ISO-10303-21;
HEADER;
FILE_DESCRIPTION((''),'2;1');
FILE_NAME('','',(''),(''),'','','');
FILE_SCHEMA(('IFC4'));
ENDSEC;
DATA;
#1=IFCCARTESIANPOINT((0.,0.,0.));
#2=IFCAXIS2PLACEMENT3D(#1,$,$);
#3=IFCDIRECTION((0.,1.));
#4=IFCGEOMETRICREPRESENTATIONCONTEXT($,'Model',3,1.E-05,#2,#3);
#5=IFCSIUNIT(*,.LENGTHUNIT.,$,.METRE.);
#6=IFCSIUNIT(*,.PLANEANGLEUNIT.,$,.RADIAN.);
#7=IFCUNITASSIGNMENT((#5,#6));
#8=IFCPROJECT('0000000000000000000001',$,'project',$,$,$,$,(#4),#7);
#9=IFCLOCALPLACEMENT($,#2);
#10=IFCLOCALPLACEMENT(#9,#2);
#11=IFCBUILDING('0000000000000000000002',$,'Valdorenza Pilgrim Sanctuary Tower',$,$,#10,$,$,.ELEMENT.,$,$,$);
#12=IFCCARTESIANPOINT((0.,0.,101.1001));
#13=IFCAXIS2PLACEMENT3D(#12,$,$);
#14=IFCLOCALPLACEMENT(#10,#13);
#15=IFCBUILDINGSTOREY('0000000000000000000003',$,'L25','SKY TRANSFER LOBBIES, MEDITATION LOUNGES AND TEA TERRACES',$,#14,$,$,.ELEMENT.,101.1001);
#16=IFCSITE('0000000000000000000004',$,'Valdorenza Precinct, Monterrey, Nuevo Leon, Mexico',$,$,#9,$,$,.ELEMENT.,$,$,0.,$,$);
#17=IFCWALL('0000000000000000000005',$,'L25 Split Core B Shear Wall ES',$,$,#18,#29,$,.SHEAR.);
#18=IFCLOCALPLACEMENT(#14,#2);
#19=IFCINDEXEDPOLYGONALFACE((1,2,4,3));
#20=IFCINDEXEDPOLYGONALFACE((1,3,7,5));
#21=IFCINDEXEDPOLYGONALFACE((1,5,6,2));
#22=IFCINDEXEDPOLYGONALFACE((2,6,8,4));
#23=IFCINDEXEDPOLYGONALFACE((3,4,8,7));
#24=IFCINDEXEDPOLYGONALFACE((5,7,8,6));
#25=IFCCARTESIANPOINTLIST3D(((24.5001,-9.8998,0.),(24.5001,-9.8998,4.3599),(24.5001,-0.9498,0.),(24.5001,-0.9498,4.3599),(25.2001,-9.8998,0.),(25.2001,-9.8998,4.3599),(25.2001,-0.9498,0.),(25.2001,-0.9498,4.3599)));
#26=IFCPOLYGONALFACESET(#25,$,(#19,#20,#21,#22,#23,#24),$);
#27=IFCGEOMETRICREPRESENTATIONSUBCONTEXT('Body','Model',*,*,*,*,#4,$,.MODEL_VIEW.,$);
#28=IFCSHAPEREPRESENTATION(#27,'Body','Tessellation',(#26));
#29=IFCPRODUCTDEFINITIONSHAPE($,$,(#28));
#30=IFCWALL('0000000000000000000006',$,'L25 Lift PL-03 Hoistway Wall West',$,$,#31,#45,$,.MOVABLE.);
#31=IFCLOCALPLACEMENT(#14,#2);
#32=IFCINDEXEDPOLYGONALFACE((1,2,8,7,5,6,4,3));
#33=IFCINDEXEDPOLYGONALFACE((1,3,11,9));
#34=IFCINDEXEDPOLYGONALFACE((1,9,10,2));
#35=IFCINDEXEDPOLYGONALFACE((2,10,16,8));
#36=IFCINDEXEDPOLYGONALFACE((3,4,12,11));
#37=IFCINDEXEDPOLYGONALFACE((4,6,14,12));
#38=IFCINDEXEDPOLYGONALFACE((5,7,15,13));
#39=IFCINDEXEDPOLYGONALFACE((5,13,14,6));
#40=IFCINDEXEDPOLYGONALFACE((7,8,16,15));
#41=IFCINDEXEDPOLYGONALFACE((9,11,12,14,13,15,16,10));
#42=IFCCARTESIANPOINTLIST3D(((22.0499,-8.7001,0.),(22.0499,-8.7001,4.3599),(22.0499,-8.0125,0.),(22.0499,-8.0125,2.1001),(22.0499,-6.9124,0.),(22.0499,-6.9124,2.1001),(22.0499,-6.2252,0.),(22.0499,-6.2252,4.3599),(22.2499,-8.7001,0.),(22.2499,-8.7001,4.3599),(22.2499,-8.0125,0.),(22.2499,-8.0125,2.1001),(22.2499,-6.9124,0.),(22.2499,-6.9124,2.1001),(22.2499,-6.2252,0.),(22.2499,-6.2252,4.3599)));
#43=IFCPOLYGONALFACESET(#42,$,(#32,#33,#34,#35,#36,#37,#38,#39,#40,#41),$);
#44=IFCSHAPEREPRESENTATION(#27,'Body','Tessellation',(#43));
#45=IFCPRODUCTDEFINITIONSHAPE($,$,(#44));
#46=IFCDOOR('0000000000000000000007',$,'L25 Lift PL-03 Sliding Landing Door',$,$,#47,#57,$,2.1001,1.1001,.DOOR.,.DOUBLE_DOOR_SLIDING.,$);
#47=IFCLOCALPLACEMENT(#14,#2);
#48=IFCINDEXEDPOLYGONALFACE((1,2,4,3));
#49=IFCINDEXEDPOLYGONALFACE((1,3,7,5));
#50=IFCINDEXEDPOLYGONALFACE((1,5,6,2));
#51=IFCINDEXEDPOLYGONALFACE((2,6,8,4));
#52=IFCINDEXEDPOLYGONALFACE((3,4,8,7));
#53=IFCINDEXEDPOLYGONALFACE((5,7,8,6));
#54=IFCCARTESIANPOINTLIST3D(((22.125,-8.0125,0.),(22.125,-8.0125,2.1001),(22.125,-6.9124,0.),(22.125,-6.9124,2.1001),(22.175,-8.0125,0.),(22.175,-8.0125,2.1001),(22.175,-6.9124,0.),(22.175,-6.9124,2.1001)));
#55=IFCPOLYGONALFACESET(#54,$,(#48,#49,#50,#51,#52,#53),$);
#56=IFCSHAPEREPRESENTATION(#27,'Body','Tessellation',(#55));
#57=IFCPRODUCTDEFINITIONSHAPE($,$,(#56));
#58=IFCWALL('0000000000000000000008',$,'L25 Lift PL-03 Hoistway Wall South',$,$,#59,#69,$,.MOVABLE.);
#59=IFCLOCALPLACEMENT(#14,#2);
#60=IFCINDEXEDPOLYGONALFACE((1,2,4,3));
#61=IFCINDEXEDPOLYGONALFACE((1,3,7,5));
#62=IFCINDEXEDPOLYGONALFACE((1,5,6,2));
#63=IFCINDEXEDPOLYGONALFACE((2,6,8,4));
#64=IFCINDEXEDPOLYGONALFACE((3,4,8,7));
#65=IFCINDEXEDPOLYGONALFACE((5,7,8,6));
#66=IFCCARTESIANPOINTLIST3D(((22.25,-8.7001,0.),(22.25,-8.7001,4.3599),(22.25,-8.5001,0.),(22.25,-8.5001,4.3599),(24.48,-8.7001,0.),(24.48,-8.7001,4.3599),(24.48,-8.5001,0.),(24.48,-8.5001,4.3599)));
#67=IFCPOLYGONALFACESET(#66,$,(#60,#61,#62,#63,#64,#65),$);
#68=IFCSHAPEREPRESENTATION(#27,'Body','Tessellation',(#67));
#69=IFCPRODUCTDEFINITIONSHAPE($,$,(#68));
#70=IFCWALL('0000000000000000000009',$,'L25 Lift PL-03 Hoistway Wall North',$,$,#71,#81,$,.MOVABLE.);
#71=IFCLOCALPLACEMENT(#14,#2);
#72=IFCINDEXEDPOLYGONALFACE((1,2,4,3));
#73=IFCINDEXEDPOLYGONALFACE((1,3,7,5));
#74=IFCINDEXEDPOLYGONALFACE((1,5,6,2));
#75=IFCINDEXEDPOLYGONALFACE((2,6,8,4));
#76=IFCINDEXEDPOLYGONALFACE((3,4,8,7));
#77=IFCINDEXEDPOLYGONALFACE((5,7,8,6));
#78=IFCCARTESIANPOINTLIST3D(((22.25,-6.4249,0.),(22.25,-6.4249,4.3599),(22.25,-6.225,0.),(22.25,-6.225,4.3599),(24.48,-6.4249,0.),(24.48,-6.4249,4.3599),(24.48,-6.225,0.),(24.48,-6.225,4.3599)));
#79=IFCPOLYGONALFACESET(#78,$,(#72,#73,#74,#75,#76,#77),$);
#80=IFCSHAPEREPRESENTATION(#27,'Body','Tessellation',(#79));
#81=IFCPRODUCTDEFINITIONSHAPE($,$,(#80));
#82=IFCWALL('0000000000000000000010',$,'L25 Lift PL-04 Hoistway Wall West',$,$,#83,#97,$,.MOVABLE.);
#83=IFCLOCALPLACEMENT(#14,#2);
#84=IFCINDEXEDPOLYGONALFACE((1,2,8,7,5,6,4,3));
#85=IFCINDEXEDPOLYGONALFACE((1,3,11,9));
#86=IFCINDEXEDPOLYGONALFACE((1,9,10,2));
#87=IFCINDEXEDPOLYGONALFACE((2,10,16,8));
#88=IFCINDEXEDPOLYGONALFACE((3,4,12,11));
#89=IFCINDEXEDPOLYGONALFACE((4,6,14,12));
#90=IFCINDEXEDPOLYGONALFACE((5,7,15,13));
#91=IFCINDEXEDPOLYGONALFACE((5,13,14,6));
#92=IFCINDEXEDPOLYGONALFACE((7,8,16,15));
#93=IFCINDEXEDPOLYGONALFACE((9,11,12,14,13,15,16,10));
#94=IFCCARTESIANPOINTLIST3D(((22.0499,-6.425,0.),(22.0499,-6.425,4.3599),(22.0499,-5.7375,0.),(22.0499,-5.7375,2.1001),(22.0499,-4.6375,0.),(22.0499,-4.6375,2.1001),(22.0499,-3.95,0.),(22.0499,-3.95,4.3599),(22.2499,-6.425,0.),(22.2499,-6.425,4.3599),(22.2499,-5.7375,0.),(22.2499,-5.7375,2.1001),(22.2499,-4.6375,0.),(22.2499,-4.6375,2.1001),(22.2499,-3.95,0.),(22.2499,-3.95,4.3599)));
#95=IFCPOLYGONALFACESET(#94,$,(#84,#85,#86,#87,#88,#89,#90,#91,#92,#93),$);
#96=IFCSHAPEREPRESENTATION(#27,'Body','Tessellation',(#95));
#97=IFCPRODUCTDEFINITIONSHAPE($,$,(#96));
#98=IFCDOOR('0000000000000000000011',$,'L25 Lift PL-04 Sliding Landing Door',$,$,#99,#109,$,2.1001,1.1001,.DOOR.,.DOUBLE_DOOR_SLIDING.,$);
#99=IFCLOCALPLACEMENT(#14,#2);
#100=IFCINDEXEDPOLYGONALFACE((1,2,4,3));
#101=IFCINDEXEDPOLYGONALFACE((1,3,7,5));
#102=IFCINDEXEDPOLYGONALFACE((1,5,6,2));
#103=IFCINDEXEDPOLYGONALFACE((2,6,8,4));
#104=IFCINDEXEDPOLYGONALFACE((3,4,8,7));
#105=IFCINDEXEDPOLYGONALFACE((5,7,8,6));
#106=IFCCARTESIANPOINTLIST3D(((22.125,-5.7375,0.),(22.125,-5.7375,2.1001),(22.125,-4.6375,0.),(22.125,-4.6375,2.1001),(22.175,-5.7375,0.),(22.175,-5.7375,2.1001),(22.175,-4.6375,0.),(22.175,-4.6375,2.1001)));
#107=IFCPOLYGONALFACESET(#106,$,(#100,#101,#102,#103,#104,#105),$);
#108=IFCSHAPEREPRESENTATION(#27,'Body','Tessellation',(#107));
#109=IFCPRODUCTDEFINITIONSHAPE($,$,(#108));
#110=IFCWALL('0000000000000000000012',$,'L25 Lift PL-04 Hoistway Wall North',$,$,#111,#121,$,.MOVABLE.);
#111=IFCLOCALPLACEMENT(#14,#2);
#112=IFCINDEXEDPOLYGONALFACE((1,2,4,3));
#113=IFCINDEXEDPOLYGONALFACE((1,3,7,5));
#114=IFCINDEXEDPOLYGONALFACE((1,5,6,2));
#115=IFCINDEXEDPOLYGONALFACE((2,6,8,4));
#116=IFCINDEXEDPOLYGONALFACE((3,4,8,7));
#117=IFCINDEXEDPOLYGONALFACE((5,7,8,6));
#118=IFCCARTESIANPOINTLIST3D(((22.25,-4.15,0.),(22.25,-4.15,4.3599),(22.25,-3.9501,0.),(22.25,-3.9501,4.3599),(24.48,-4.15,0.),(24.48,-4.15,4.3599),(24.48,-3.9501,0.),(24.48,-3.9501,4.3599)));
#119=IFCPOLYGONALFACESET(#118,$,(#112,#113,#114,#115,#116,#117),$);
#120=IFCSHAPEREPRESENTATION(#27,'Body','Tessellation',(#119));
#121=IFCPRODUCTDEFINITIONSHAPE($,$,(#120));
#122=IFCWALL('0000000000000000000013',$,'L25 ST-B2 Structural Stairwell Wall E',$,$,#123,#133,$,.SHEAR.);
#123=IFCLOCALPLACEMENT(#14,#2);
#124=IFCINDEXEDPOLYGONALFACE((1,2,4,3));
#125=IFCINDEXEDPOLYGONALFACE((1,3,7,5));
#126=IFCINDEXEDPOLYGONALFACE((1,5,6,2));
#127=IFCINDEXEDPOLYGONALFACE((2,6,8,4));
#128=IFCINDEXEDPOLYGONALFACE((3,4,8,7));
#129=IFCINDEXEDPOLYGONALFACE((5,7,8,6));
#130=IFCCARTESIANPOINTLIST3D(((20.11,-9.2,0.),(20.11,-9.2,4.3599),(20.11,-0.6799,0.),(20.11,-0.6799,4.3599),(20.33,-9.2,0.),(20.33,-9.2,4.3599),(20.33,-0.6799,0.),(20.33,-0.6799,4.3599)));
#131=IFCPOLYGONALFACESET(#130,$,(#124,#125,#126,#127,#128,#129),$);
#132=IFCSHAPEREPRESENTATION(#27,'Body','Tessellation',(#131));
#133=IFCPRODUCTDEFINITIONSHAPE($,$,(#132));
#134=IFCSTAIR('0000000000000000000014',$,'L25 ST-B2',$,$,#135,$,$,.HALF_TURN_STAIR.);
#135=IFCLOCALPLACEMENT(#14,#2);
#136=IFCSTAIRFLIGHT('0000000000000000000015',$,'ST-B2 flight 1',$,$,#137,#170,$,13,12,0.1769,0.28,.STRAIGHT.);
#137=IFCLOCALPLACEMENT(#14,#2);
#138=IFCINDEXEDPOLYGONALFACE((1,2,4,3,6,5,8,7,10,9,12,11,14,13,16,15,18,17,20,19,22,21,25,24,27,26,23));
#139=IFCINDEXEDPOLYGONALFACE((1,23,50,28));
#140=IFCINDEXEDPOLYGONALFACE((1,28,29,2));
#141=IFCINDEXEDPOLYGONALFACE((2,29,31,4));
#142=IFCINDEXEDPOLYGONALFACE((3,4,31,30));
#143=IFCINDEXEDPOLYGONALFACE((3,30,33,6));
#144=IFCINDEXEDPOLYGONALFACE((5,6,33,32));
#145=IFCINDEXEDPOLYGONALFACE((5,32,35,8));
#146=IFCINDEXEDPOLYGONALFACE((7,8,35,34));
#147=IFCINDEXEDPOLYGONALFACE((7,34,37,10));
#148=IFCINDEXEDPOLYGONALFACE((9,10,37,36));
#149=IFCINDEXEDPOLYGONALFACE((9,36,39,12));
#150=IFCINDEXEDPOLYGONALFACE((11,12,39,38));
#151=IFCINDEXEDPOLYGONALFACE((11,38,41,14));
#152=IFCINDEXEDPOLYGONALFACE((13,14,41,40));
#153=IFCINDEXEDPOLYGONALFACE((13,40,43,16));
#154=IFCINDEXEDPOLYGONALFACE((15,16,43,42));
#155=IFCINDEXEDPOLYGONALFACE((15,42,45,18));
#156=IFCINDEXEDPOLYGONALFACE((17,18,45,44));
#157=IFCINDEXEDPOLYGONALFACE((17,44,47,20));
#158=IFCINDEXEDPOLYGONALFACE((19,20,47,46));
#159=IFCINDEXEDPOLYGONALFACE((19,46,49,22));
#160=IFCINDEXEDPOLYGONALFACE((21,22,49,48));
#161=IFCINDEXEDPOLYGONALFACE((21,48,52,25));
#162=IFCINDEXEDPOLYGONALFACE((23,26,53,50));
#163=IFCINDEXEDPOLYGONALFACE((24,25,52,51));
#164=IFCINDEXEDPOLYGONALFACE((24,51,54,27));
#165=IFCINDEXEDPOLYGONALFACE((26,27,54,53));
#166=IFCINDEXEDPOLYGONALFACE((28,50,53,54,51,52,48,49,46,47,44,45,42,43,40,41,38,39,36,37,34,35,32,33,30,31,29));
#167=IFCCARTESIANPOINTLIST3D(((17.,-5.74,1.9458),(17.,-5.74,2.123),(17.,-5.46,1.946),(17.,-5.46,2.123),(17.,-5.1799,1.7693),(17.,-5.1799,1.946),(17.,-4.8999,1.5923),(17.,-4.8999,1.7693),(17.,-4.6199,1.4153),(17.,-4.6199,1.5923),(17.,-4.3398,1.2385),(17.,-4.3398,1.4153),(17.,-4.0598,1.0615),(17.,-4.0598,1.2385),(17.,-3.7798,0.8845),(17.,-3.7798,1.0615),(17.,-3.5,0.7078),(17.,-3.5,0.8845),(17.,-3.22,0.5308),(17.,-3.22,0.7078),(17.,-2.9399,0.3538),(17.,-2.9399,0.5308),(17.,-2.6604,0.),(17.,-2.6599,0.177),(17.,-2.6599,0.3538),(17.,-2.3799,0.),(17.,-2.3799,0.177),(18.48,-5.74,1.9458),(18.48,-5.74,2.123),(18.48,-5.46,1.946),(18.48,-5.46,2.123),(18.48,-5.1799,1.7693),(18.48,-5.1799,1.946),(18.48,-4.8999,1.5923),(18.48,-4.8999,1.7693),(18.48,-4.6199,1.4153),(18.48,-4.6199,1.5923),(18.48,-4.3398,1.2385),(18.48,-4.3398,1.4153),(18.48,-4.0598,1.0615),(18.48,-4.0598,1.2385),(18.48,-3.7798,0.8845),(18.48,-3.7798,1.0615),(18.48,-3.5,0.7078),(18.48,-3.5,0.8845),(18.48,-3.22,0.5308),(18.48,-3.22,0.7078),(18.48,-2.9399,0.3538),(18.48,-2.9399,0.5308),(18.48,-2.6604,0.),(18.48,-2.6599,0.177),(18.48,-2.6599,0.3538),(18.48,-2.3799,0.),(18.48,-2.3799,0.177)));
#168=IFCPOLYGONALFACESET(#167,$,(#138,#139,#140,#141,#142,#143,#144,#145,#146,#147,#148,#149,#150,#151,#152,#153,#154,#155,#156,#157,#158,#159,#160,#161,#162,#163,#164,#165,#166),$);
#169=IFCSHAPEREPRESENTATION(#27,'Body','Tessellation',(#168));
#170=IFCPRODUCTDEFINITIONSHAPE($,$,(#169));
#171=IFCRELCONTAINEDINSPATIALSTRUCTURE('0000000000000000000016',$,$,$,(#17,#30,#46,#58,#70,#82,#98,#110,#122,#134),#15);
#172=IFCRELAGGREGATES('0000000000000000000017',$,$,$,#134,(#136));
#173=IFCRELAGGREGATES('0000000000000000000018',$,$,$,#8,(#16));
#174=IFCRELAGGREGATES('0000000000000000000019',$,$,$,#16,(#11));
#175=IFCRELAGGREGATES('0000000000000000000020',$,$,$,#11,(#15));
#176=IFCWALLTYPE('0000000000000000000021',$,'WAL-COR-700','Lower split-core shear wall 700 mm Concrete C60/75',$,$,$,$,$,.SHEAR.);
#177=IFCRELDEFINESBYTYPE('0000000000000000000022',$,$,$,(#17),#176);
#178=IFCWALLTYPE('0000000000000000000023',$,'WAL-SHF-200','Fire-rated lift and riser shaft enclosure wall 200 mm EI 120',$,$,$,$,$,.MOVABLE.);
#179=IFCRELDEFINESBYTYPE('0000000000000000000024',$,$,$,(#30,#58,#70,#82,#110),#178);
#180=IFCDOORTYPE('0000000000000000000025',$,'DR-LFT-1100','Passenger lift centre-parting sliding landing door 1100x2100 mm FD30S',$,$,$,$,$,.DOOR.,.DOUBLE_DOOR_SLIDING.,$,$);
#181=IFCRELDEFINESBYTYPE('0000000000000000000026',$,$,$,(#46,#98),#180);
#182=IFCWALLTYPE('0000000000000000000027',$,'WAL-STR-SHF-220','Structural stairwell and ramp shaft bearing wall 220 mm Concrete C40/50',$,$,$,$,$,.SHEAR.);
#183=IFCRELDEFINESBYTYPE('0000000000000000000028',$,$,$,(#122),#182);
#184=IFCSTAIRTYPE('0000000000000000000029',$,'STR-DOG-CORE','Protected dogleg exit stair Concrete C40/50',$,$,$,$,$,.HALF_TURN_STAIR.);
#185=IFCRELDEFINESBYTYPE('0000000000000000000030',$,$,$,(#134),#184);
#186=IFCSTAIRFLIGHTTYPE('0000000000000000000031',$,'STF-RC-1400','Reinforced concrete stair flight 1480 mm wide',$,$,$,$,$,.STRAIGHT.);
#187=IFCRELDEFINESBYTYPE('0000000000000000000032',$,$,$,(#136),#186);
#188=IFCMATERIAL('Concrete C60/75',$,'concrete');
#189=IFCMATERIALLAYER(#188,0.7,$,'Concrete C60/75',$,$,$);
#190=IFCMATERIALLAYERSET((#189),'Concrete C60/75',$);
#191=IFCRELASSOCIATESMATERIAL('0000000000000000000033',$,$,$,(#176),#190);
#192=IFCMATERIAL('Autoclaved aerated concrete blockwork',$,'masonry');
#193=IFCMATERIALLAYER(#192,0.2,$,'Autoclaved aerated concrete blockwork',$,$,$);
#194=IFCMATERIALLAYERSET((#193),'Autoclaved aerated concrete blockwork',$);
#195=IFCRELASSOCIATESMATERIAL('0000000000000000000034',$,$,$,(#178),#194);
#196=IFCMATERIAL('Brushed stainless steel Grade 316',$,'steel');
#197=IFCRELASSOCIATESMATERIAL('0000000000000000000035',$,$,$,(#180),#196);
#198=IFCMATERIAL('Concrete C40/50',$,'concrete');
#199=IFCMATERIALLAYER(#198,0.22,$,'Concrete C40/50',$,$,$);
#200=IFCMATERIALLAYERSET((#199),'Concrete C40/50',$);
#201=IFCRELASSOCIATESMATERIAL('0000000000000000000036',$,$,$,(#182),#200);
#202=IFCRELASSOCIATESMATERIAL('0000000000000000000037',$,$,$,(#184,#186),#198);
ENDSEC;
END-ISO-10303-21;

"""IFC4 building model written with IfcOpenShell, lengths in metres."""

from ifc_helpers import new_model, si_unit, direction, frame, frame_2d, origin, place, context, subcontext, project, spatial, polyline, rectangle, outline, extrude, material, layer, layer_set, type_object, element, fill, aggregate, save


model = new_model("IFC4")

# Units and contexts
model_context = context("Model", 3, precision=1e-05, world=origin(), true_north=direction((0.0, 1.0)))
body_context = subcontext(model_context, "Body", "Model", "MODEL_VIEW")
ifc_project = project(units=[si_unit("LENGTHUNIT", "METRE"), si_unit("PLANEANGLEUNIT", "RADIAN")], contexts=[model_context])

# Site, building, storey
site_placement = place(None, origin())
site = spatial("IfcSite", under=ifc_project, at=site_placement, Name="Valdorenza Precinct, Monterrey, Nuevo Leon, Mexico", CompositionType="ELEMENT", RefElevation=0.0)
building_placement = place(site_placement, origin())
building = spatial("IfcBuilding", under=site, at=building_placement, Name="Valdorenza Pilgrim Sanctuary Tower", CompositionType="ELEMENT")
storey_placement = place(building_placement, frame((0.0, 0.0, 101.1001)))
storey = spatial("IfcBuildingStorey", under=building, at=storey_placement, Name="L25", Description="SKY TRANSFER LOBBIES, MEDITATION LOUNGES AND TEA TERRACES", CompositionType="ELEMENT", Elevation=101.1001)

# Shared definitions
ifc_material_1 = material(Name="Concrete C60/75", Category="concrete")

# Wall
ifc_layer_1 = layer(ifc_material_1, 0.7, Name="Concrete C60/75")
ifc_layer_set_1 = layer_set([ifc_layer_1], Name="Concrete C60/75")
wall_type_1 = type_object("IfcWallType", Name="WAL-COR-700", Description="Lower split-core shear wall 700 mm Concrete C60/75", PredefinedType="SHEAR", material=ifc_layer_set_1)
wall_1_placement = place(storey_placement, frame((24.8501, -9.8999, 0.0), z_axis=(0.0, 0.0, 1.0), x_axis=(0.0, 1.0, 0.0)))
element("IfcWall", 1, at=wall_1_placement, inside=storey, type_object=wall_type_1, Name="L25 Split Core B Shear Wall ES", PredefinedType="SHEAR", context=body_context, shape_type="SweptSolid", body=[
    extrude(rectangle(XDim=8.95, YDim=0.7, at=frame_2d((4.4751, 0.0))), origin(), (0.0, 0.0, 1.0), 4.3599),
])

# Wall, opening, door
ifc_material_2 = material(Name="Autoclaved aerated concrete blockwork", Category="masonry")
ifc_layer_2 = layer(ifc_material_2, 0.2, Name="Autoclaved aerated concrete blockwork")
ifc_layer_set_2 = layer_set([ifc_layer_2], Name="Autoclaved aerated concrete blockwork")
wall_type_2 = type_object("IfcWallType", Name="WAL-SHF-200", Description="Fire-rated lift and riser shaft enclosure wall 200 mm EI 120", PredefinedType="MOVABLE", material=ifc_layer_set_2)
wall_2_placement = place(storey_placement, frame((22.1499, -8.7, 0.0), z_axis=(0.0, 0.0, 1.0), x_axis=(0.0, 1.0, 0.0)))
wall_2 = element("IfcWall", 2, at=wall_2_placement, inside=storey, type_object=wall_type_2, Name="L25 Lift PL-03 Hoistway Wall West", PredefinedType="MOVABLE", context=body_context, shape_type="SweptSolid", body=[
    extrude(rectangle(XDim=2.4749, YDim=0.2, at=frame_2d((1.2373, 0.0))), origin(), (0.0, 0.0, 1.0), 4.3599),
])
opening_1_placement = place(wall_2_placement, frame((0.6875, 0.0, 0.0)))
opening_1 = element("IfcOpeningElement", 3, at=opening_1_placement, cuts=wall_2, PredefinedType="OPENING", context=body_context, shape_type="SweptSolid", body=[
    extrude(rectangle(XDim=1.1001, YDim=2.1001, at=frame_2d((0.55, 1.05))), frame((0.0, 0.1147, 0.0), z_axis=(0.0, -1.0, 0.0), x_axis=(1.0, 0.0, 0.0)), (0.0, 0.0, 1.0), 0.2297),
])
ifc_material_3 = material(Name="Brushed stainless steel Grade 316", Category="steel")
door_type_1 = type_object("IfcDoorType", Name="DR-LFT-1100", Description="Passenger lift centre-parting sliding landing door 1100x2100 mm FD30S", OperationType="DOUBLE_DOOR_SLIDING", PredefinedType="DOOR", material=ifc_material_3)
door_1_placement = place(opening_1_placement, origin())
door_1 = element("IfcDoor", 4, at=door_1_placement, inside=storey, type_object=door_type_1, Name="L25 Lift PL-03 Sliding Landing Door", OperationType="DOUBLE_DOOR_SLIDING", OverallHeight=2.1001, OverallWidth=1.1001, PredefinedType="DOOR", context=body_context, shape_type="SweptSolid", body=[
    extrude(rectangle(XDim=1.1001, YDim=2.1001, at=frame_2d((0.55, 1.05))), frame((0.0, 0.0249, 0.0), z_axis=(0.0, -1.0, 0.0), x_axis=(1.0, 0.0, 0.0)), (0.0, 0.0, 1.0), 0.05),
])
fill(opening_1, door_1)

# Walls
for number, where, z_axis, x_axis, name in (
    (5, (22.25, -8.6001, 0.0), (0.0, 0.0, 1.0), (1.0, 0.0, 0.0), "L25 Lift PL-03 Hoistway Wall South"),
    (6, (22.25, -6.325, 0.0), (0.0, 0.0, 1.0), (1.0, 0.0, 0.0), "L25 Lift PL-03 Hoistway Wall North"),
):
    element("IfcWall", number, at=place(storey_placement, frame(where, z_axis=z_axis, x_axis=x_axis)), inside=storey, type_object=wall_type_2, Name=name, PredefinedType="MOVABLE", context=body_context, shape_type="SweptSolid", body=[
        extrude(rectangle(XDim=2.23, YDim=0.2, at=frame_2d((1.115, 0.0))), origin(), (0.0, 0.0, 1.0), 4.3599),
    ])

# Wall, opening, door
wall_3_placement = place(storey_placement, frame((22.1499, -6.425, 0.0), z_axis=(0.0, 0.0, 1.0), x_axis=(0.0, 1.0, 0.0)))
wall_3 = element("IfcWall", 7, at=wall_3_placement, inside=storey, type_object=wall_type_2, Name="L25 Lift PL-04 Hoistway Wall West", PredefinedType="MOVABLE", context=body_context, shape_type="SweptSolid", body=[
    extrude(rectangle(XDim=2.4751, YDim=0.2, at=frame_2d((1.2375, 0.0))), origin(), (0.0, 0.0, 1.0), 4.3599),
])
opening_2_placement = place(wall_3_placement, frame((0.6875, 0.0, 0.0)))
opening_2 = element("IfcOpeningElement", 8, at=opening_2_placement, cuts=wall_3, PredefinedType="OPENING", context=body_context, shape_type="SweptSolid", body=[
    extrude(rectangle(XDim=1.1001, YDim=2.1001, at=frame_2d((0.55, 1.05))), frame((0.0, 0.1147, 0.0), z_axis=(0.0, -1.0, 0.0), x_axis=(1.0, 0.0, 0.0)), (0.0, 0.0, 1.0), 0.2297),
])
door_2_placement = place(opening_2_placement, origin())
door_2 = element("IfcDoor", 9, at=door_2_placement, inside=storey, type_object=door_type_1, Name="L25 Lift PL-04 Sliding Landing Door", OperationType="DOUBLE_DOOR_SLIDING", OverallHeight=2.1001, OverallWidth=1.1001, PredefinedType="DOOR", context=body_context, shape_type="SweptSolid", body=[
    extrude(rectangle(XDim=1.1001, YDim=2.1001, at=frame_2d((0.55, 1.05))), frame((0.0, 0.0249, 0.0), z_axis=(0.0, -1.0, 0.0), x_axis=(1.0, 0.0, 0.0)), (0.0, 0.0, 1.0), 0.05),
])
fill(opening_2, door_2)

# Walls
wall_4_placement = place(storey_placement, frame((22.25, -4.05, 0.0), z_axis=(0.0, 0.0, 1.0), x_axis=(1.0, 0.0, 0.0)))
element("IfcWall", 10, at=wall_4_placement, inside=storey, type_object=wall_type_2, Name="L25 Lift PL-04 Hoistway Wall North", PredefinedType="MOVABLE", context=body_context, shape_type="SweptSolid", body=[
    extrude(rectangle(XDim=2.23, YDim=0.2, at=frame_2d((1.115, 0.0))), origin(), (0.0, 0.0, 1.0), 4.3599),
])
ifc_material_4 = material(Name="Concrete C40/50", Category="concrete")
ifc_layer_3 = layer(ifc_material_4, 0.22, Name="Concrete C40/50")
ifc_layer_set_3 = layer_set([ifc_layer_3], Name="Concrete C40/50")
wall_type_3 = type_object("IfcWallType", Name="WAL-STR-SHF-220", Description="Structural stairwell and ramp shaft bearing wall 220 mm Concrete C40/50", PredefinedType="SHEAR", material=ifc_layer_set_3)
wall_5_placement = place(storey_placement, frame((20.22, -9.2, 0.0), z_axis=(0.0, 0.0, 1.0), x_axis=(0.0, 1.0, 0.0)))
element("IfcWall", 11, at=wall_5_placement, inside=storey, type_object=wall_type_3, Name="L25 ST-B2 Structural Stairwell Wall E", PredefinedType="SHEAR", context=body_context, shape_type="SweptSolid", body=[
    extrude(rectangle(XDim=8.52, YDim=0.22, at=frame_2d((4.26, 0.0))), origin(), (0.0, 0.0, 1.0), 4.3599),
])

# Stair, stair flight
stair_type = type_object("IfcStairType", Name="STR-DOG-CORE", Description="Protected dogleg exit stair Concrete C40/50", PredefinedType="HALF_TURN_STAIR", material=ifc_material_4)
stair_placement = place(storey_placement, origin())
stair = element("IfcStair", 12, at=stair_placement, inside=storey, type_object=stair_type, Name="L25 ST-B2", PredefinedType="HALF_TURN_STAIR")
stair_flight_type = type_object("IfcStairFlightType", Name="STF-RC-1400", Description="Reinforced concrete stair flight 1480 mm wide", PredefinedType="STRAIGHT", material=ifc_material_4)
stair_flight_1_placement = place(storey_placement, frame((17.74, -2.3799, 0.0), z_axis=(0.0, 0.0, 1.0), x_axis=(0.0, -1.0, 0.0)))
stair_flight_1 = element("IfcStairFlight", 13, at=stair_flight_1_placement, type_object=stair_flight_type, Name="ST-B2 flight 1", NumberOfRisers=13, NumberOfTreads=12, PredefinedType="STRAIGHT", RiserHeight=0.1769, TreadLength=0.28, context=body_context, shape_type="SweptSolid", body=[
    extrude(outline(polyline([(0.0, 0.0), (0.0, 0.177), (0.28, 0.177), (0.28, 0.3538), (0.5601, 0.3538), (0.5601, 0.5308), (0.8401, 0.5308), (0.8401, 0.7078), (1.1201, 0.7078), (1.1201, 0.8845), (1.3999, 0.8845), (1.3999, 1.0615), (1.6799, 1.0615), (1.6799, 1.2385), (1.96, 1.2385), (1.96, 1.4153), (2.24, 1.4153), (2.24, 1.5923), (2.52, 1.5923), (2.52, 1.7693), (2.8, 1.7693), (2.8, 1.946), (3.0801, 1.946), (3.0801, 2.123), (3.3601, 2.123), (3.3601, 2.3), (3.3601, 1.9458), (0.2805, 0.0), (0.0, 0.0)])), frame((0.0, 0.74, 0.0), z_axis=(0.0, -1.0, 0.0), x_axis=(1.0, 0.0, 0.0)), (0.0, 0.0, 1.0), 1.48),
])
aggregate(stair, [stair_flight_1])

save(model, "model.ifc")
